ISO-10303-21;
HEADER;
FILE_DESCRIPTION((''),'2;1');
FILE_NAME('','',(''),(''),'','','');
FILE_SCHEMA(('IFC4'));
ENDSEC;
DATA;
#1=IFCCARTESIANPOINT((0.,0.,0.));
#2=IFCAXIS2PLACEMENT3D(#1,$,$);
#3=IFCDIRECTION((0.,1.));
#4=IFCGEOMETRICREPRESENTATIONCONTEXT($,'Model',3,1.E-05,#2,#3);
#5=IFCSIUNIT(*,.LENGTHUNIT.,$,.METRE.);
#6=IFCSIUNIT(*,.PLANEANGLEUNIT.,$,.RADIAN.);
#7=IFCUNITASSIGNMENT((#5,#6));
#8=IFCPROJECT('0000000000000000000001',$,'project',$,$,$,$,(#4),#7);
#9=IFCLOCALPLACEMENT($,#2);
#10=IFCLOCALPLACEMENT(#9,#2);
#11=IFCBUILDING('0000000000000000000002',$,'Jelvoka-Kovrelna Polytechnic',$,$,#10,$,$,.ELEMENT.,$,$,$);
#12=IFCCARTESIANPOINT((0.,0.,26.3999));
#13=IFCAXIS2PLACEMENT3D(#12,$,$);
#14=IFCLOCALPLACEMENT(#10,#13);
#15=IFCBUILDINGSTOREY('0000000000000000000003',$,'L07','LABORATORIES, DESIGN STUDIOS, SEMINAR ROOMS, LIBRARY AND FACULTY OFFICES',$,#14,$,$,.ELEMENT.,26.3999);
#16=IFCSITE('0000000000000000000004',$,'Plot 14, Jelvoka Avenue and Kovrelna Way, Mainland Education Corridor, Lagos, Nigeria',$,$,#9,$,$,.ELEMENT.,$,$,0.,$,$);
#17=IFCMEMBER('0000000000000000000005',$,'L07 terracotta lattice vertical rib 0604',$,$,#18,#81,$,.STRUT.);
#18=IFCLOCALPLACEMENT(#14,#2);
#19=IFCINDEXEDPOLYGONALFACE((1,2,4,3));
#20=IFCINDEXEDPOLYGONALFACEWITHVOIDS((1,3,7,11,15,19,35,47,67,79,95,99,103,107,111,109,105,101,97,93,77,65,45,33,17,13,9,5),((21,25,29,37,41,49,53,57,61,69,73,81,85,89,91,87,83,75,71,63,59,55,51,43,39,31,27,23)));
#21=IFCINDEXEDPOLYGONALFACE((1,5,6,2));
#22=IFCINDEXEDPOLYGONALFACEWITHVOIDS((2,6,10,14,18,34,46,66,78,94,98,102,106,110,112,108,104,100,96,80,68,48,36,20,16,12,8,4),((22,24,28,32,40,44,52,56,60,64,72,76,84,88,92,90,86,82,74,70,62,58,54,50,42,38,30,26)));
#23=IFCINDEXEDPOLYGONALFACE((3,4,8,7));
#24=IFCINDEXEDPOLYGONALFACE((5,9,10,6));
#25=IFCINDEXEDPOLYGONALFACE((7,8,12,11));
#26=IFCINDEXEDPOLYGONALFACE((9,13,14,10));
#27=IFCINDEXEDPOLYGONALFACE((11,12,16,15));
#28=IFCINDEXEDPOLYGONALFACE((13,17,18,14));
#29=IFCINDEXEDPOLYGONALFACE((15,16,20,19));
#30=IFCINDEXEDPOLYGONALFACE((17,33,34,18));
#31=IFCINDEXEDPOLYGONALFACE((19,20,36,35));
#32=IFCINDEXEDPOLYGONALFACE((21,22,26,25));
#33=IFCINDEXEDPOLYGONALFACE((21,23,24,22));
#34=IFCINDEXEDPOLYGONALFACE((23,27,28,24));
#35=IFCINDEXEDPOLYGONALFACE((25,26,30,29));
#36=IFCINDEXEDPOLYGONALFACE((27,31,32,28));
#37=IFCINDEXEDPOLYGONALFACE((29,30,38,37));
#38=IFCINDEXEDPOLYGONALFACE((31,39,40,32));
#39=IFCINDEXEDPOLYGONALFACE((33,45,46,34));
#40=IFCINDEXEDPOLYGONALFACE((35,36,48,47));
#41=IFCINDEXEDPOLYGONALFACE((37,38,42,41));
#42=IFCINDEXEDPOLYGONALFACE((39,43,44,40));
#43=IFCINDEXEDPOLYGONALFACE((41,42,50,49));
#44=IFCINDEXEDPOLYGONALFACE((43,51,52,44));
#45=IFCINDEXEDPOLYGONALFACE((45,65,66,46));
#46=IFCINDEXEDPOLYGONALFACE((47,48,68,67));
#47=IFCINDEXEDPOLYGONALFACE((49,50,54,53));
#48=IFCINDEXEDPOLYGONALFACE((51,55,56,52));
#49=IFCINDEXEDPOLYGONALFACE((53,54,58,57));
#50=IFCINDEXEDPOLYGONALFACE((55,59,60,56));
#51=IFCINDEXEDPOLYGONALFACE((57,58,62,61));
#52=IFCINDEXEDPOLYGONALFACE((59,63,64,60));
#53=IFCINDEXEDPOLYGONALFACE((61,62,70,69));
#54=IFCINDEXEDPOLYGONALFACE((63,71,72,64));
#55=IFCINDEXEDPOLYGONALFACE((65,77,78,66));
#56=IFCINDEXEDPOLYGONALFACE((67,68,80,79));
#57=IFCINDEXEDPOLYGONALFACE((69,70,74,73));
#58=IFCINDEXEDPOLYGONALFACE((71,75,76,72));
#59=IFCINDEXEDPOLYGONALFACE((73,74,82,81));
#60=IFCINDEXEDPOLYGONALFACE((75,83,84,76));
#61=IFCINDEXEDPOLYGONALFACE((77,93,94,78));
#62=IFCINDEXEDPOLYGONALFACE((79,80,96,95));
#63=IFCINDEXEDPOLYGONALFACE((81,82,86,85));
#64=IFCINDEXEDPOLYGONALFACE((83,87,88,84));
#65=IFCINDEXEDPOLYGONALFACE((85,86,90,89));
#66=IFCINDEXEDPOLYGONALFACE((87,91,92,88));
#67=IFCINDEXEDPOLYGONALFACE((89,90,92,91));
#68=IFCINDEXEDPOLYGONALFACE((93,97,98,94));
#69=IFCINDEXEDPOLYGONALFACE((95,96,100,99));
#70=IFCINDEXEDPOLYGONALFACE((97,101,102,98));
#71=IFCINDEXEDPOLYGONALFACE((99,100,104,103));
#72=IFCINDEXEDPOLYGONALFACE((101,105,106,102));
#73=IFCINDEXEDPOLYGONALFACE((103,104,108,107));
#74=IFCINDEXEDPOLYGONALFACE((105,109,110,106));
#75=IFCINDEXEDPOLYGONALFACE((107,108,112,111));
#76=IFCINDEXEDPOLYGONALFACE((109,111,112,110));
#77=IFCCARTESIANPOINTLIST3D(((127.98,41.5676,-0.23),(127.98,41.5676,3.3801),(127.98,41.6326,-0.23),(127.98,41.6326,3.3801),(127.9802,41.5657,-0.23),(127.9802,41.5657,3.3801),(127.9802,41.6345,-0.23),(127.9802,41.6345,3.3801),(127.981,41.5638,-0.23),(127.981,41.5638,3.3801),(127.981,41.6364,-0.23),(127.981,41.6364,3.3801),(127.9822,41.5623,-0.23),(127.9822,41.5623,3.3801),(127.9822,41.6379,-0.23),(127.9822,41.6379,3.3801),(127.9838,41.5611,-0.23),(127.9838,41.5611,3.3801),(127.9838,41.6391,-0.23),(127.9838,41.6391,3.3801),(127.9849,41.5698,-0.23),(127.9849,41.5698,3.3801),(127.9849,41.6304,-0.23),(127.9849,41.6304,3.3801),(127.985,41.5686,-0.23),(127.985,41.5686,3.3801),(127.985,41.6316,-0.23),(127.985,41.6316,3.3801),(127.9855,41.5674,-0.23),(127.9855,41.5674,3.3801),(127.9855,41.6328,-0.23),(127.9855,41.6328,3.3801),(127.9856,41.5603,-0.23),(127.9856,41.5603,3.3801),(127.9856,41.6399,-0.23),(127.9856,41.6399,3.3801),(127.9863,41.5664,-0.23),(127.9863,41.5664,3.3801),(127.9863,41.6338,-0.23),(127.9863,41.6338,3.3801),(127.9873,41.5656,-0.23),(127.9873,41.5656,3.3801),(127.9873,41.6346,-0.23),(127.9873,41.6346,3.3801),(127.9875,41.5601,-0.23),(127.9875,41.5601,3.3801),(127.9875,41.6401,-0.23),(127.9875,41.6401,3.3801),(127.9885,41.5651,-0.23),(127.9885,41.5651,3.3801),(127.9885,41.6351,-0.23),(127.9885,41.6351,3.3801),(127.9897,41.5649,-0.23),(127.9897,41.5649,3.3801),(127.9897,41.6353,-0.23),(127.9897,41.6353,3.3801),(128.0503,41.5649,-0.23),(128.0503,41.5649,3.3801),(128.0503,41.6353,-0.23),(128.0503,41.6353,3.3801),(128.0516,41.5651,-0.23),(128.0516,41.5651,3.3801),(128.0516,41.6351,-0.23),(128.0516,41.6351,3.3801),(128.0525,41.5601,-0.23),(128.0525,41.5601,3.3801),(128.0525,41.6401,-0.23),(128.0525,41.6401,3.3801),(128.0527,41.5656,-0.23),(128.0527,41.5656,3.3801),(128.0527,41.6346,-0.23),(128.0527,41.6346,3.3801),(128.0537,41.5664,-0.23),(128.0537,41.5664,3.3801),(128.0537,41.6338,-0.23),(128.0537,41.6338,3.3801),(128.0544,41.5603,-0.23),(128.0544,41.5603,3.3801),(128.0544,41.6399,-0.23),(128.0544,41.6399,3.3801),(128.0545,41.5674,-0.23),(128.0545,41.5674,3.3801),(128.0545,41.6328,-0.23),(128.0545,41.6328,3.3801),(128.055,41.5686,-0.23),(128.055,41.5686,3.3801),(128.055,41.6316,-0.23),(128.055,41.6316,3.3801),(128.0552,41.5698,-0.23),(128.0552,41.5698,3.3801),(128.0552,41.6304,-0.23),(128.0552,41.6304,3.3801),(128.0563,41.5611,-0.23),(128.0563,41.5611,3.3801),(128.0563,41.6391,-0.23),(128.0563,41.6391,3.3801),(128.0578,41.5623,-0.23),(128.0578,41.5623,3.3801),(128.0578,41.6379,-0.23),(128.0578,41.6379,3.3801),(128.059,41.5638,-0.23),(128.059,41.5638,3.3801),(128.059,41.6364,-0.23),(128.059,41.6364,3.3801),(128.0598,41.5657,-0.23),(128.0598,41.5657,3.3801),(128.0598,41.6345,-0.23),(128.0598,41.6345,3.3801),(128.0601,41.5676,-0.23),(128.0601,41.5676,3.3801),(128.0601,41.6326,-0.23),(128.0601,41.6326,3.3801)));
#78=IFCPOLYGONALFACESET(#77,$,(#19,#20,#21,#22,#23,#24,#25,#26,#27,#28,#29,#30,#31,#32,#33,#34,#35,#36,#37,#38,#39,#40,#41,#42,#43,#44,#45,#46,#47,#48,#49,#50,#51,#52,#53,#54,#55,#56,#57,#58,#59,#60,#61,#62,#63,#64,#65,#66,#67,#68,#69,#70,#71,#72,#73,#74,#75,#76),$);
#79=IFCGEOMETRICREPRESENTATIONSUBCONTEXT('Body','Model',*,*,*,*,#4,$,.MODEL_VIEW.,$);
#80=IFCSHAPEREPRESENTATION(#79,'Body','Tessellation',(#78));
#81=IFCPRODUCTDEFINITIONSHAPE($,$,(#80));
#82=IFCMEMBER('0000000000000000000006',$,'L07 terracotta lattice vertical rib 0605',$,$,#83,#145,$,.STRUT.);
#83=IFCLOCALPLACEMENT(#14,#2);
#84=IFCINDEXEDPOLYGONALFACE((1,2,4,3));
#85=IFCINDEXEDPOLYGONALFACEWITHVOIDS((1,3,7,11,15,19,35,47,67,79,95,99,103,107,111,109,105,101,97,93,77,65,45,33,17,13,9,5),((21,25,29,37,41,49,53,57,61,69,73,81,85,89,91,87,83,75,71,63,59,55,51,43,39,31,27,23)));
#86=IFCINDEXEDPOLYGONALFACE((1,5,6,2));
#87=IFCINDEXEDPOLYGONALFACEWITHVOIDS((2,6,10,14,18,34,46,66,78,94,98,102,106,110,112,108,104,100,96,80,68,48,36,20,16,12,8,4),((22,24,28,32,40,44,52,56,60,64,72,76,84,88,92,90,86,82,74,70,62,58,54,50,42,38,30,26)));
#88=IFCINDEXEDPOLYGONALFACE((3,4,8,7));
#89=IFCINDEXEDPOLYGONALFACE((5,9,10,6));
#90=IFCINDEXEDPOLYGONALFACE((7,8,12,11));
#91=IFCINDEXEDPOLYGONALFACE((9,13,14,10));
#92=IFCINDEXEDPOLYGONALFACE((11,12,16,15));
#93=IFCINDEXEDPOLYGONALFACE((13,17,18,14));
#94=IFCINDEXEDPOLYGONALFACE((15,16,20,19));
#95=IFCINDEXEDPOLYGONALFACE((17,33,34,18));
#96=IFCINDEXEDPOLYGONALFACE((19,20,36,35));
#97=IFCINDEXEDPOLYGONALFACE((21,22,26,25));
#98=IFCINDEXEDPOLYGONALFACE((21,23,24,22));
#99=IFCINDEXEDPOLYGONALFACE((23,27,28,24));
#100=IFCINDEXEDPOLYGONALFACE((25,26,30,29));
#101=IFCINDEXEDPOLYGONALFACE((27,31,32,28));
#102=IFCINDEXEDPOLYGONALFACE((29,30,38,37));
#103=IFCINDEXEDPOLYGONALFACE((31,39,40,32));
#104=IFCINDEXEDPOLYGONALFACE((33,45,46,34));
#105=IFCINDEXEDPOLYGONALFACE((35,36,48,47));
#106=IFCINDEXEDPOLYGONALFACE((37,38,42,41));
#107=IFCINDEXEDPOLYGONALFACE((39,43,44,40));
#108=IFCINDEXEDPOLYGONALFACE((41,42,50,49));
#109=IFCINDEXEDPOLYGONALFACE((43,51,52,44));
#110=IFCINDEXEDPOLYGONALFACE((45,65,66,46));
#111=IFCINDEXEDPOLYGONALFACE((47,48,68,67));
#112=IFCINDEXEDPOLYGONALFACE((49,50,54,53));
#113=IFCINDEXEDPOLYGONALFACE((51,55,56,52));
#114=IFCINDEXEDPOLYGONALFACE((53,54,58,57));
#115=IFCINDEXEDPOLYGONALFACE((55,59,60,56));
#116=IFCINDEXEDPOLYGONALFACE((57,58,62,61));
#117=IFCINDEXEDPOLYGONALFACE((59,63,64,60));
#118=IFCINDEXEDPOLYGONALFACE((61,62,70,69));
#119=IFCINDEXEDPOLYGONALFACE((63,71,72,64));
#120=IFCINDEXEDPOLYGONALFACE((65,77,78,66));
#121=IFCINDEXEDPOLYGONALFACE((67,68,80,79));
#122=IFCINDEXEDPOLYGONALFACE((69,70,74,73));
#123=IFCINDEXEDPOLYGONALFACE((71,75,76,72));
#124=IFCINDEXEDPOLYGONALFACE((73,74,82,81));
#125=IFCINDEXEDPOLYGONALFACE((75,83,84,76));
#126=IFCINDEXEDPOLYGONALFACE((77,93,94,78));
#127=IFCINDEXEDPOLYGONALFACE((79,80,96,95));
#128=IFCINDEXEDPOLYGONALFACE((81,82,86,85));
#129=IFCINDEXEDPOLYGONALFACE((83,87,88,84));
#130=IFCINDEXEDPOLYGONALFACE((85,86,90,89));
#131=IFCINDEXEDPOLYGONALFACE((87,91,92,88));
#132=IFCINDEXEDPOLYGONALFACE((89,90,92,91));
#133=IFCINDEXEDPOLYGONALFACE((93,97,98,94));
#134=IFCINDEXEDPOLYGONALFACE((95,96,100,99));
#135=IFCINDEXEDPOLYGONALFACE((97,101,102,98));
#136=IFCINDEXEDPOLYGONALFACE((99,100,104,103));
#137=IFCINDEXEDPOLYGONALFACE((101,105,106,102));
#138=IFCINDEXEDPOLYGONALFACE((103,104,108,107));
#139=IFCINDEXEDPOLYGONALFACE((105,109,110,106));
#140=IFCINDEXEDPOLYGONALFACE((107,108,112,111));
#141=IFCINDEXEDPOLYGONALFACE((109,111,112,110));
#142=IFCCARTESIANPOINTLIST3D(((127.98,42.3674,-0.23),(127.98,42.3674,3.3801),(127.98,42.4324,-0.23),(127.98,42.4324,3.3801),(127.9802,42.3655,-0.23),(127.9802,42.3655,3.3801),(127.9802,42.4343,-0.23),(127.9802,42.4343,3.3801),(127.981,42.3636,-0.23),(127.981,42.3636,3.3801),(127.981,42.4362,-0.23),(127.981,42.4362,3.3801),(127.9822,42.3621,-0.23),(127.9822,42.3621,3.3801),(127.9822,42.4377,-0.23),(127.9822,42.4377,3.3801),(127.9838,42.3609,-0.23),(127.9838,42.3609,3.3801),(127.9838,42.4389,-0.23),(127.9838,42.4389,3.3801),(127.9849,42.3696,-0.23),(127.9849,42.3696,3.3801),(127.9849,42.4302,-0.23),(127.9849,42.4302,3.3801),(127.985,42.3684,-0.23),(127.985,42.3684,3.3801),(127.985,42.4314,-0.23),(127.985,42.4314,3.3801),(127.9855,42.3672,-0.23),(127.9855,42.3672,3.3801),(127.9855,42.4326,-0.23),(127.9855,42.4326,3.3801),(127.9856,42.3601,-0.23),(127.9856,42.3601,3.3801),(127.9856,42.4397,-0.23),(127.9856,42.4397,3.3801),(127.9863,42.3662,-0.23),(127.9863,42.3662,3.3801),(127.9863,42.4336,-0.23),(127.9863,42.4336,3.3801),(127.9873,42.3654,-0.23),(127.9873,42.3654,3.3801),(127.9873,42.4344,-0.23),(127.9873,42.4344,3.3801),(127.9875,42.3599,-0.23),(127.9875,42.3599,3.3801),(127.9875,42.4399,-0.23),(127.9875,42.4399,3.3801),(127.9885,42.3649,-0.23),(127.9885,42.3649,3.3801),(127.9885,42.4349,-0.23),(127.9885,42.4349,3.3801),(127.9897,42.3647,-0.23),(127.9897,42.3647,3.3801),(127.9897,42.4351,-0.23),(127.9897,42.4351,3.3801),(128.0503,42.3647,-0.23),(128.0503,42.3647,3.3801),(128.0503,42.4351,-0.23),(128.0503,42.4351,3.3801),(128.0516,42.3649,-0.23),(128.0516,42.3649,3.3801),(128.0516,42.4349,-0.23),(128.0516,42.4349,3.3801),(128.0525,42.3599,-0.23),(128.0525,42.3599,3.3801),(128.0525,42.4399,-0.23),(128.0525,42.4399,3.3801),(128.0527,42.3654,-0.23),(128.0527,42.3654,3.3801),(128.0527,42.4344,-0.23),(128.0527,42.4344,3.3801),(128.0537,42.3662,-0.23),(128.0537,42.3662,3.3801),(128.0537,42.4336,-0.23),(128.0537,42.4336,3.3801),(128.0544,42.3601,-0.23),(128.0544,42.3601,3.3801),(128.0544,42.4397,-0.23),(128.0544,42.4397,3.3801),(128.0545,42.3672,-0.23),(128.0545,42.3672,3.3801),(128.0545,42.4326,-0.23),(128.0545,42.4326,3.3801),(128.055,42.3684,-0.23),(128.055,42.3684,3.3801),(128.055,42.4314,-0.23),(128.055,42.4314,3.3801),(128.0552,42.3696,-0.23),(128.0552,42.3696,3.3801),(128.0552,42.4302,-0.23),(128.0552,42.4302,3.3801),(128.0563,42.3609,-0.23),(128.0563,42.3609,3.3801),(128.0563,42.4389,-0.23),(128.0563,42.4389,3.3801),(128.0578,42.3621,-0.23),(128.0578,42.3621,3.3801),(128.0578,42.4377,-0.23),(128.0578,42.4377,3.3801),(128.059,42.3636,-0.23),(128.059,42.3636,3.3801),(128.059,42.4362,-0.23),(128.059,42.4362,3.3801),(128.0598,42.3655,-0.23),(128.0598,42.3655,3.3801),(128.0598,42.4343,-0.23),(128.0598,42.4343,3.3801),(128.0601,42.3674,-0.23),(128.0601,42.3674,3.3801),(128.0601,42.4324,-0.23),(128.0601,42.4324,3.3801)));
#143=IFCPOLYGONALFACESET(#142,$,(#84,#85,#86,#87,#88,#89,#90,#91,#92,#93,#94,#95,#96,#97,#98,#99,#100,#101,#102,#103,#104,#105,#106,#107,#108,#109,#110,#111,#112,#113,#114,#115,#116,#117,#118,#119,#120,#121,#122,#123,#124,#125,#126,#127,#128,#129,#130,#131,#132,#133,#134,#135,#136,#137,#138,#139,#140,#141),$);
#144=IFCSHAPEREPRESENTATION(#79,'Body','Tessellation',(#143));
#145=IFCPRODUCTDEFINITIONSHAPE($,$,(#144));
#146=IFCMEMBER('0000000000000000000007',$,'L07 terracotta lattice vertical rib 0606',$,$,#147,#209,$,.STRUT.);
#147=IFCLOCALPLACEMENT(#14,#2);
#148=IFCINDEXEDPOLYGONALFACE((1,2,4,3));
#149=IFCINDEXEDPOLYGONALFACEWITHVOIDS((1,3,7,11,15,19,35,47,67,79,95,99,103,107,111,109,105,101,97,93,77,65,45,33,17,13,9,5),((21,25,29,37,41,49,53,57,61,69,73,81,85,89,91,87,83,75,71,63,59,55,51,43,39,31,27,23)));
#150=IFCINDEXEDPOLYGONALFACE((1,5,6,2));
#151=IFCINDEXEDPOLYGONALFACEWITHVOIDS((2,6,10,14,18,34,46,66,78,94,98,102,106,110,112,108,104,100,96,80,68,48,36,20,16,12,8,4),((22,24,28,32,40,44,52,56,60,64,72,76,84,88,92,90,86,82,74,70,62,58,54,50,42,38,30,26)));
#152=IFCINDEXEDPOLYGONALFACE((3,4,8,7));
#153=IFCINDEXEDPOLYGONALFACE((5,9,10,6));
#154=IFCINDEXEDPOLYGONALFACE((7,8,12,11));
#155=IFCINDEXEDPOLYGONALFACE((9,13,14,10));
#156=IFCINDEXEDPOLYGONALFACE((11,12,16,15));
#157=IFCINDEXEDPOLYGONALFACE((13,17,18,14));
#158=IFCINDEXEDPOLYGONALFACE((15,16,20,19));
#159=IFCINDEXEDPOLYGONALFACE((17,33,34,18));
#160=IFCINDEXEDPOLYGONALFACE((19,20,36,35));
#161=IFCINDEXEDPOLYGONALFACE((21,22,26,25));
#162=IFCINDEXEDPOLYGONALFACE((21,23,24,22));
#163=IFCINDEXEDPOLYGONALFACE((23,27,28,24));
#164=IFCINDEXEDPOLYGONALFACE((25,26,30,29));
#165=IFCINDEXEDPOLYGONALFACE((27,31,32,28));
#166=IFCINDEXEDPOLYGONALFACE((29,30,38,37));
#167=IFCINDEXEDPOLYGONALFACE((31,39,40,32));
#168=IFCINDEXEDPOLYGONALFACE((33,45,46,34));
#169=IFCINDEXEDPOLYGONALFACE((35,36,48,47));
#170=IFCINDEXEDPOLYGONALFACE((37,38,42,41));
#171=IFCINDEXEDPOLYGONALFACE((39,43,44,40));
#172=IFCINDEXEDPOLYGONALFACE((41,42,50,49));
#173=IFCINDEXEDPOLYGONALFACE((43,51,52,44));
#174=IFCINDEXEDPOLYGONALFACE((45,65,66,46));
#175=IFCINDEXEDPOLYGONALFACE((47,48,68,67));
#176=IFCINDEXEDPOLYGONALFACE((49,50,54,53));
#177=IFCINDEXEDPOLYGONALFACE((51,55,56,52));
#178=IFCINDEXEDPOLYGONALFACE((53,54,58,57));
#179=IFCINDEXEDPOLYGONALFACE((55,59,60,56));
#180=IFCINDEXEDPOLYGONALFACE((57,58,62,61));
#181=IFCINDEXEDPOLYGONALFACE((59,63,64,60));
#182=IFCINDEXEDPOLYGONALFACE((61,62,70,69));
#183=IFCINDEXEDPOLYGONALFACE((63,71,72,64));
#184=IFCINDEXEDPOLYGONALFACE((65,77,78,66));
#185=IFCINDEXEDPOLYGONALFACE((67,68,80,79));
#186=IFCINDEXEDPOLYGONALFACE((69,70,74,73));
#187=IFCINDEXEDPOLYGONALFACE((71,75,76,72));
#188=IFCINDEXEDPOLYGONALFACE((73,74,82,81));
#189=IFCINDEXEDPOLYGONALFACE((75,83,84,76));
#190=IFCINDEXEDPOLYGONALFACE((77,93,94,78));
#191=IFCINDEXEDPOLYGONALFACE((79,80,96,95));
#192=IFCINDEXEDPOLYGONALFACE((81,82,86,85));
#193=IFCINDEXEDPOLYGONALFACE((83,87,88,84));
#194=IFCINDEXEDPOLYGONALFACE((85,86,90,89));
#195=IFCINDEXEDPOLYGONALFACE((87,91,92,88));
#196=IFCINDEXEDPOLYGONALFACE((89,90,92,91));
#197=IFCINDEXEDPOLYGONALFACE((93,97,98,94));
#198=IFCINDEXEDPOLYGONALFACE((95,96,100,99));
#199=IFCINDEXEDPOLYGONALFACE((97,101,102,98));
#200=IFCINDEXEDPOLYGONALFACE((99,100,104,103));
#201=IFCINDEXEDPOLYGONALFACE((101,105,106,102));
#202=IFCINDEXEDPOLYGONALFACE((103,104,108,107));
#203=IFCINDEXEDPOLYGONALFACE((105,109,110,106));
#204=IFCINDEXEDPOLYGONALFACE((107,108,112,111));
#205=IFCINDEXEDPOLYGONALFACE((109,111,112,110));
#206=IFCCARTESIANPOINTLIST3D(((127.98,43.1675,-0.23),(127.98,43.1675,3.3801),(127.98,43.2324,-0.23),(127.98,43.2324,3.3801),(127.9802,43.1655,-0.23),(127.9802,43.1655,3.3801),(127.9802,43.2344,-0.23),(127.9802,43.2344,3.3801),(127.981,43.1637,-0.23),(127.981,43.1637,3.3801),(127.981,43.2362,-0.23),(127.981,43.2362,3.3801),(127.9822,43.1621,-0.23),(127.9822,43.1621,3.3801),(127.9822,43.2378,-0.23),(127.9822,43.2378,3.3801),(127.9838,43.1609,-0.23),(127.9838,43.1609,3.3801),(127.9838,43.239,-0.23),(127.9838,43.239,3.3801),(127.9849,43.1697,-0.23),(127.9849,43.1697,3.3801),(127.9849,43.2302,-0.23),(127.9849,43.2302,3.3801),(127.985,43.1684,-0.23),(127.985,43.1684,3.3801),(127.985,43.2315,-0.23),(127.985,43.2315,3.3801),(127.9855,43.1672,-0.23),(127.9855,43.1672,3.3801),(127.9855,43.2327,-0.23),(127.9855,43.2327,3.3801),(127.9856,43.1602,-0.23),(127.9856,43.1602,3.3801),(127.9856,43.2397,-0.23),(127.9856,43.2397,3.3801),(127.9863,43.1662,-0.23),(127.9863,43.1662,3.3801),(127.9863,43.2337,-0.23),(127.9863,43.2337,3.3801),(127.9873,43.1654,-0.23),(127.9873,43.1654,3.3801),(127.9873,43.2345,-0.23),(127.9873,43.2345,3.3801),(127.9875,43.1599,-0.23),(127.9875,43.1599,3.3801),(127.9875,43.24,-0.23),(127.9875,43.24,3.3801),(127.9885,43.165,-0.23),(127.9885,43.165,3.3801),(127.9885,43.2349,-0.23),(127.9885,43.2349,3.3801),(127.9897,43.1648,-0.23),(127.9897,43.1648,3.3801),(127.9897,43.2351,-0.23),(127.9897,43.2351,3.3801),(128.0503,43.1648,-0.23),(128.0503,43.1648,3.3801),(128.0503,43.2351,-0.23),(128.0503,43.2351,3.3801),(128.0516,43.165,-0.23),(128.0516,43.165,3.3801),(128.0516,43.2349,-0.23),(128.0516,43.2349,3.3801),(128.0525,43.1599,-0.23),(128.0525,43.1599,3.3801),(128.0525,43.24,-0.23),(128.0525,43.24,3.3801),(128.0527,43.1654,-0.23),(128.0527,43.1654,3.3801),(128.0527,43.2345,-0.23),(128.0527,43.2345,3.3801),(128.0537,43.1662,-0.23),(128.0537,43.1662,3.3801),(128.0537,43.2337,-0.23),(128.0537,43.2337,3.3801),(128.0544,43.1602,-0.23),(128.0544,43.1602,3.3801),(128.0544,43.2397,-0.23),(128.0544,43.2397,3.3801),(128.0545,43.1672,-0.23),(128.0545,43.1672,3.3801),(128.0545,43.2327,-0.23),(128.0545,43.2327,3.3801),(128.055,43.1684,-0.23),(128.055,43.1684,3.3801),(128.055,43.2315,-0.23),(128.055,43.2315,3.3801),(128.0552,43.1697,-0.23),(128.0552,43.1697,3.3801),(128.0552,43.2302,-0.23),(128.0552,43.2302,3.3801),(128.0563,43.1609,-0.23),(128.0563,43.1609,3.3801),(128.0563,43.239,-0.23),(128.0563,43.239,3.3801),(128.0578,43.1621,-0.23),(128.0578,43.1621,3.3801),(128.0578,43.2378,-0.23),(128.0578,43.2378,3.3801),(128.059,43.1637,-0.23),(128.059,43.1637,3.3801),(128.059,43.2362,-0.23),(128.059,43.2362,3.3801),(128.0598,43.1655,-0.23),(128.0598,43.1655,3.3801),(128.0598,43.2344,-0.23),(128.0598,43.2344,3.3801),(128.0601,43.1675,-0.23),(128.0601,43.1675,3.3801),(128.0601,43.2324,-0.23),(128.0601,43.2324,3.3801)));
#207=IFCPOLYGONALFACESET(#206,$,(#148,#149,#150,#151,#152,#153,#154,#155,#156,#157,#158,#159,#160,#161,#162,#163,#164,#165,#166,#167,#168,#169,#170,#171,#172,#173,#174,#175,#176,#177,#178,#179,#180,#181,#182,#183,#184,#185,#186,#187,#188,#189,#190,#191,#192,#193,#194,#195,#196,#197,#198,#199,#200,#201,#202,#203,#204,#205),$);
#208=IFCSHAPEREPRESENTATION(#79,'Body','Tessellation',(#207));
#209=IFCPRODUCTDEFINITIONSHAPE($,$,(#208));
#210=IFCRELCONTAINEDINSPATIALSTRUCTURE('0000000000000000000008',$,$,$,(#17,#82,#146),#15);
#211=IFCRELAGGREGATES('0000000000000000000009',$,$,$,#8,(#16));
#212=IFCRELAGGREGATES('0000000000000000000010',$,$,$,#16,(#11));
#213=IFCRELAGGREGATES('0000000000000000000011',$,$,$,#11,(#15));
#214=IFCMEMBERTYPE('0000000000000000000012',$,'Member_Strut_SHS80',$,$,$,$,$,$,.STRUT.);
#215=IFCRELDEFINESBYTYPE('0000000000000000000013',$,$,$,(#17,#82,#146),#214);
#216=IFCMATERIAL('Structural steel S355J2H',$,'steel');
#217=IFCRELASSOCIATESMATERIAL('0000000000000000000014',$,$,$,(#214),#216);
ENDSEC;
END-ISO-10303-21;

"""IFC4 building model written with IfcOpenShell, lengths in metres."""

from ifc_helpers import new_model, si_unit, direction, frame, origin, origin_2d, place, context, subcontext, project, spatial, hollow_rectangle, extrude, material, material_profile, profile_set, type_object, element, save


model = new_model("IFC4")

# Units and contexts
model_context = context("Model", 3, precision=1e-05, world=origin(), true_north=direction((0.0, 1.0)))
body_context = subcontext(model_context, "Body", "Model", "MODEL_VIEW")
ifc_project = project(units=[si_unit("LENGTHUNIT", "METRE"), si_unit("PLANEANGLEUNIT", "RADIAN")], contexts=[model_context])

# Site, building, storey
site_placement = place(None, origin())
site = spatial("IfcSite", under=ifc_project, at=site_placement, Name="Plot 14, Jelvoka Avenue and Kovrelna Way, Mainland Education Corridor, Lagos, Nigeria", CompositionType="ELEMENT", RefElevation=0.0)
building_placement = place(site_placement, origin())
building = spatial("IfcBuilding", under=site, at=building_placement, Name="Jelvoka-Kovrelna Polytechnic", CompositionType="ELEMENT")
storey_placement = place(building_placement, frame((0.0, 0.0, 26.3999)))
storey = spatial("IfcBuildingStorey", under=building, at=storey_placement, Name="L07", Description="LABORATORIES, DESIGN STUDIOS, SEMINAR ROOMS, LIBRARY AND FACULTY OFFICES", CompositionType="ELEMENT", Elevation=26.3999)

# Members
ifc_material_1 = material(Name="Structural steel S355J2H", Category="steel")
ifc_material_profile_1 = material_profile(ifc_material_1, hollow_rectangle(XDim=0.0801, YDim=0.0801, WallThickness=0.0049, InnerFilletRadius=0.0049, OuterFilletRadius=0.0076, at=origin_2d()), Name="80x80x5.0 SHS")
ifc_profile_set_1 = profile_set([ifc_material_profile_1], Name="Structural steel S355J2H")
member_type_1 = type_object("IfcMemberType", Name="Member_Strut_SHS80", PredefinedType="STRUT", material=ifc_profile_set_1)
for number, where, z_axis, x_axis, name in (
    (1, (128.02, 41.6001, -0.23), (0.0, 0.0, 1.0), (1.0, 0.0, 0.0), "L07 terracotta lattice vertical rib 0604"),
    (2, (128.02, 42.3999, -0.23), (0.0, 0.0, 1.0), (1.0, 0.0, 0.0), "L07 terracotta lattice vertical rib 0605"),
    (3, (128.02, 43.2, -0.23), (0.0, 0.0, 1.0), (1.0, 0.0, 0.0), "L07 terracotta lattice vertical rib 0606"),
):
    element("IfcMember", number, at=place(storey_placement, frame(where, z_axis=z_axis, x_axis=x_axis)), inside=storey, type_object=member_type_1, Name=name, PredefinedType="STRUT", context=body_context, shape_type="SweptSolid", body=[
        extrude(hollow_rectangle(XDim=0.0801, YDim=0.0801, WallThickness=0.0049, InnerFilletRadius=0.0049, OuterFilletRadius=0.0076, at=origin_2d()), origin(), (0.0, 0.0, 1.0), 3.6101),
    ])

save(model, "model.ifc")
